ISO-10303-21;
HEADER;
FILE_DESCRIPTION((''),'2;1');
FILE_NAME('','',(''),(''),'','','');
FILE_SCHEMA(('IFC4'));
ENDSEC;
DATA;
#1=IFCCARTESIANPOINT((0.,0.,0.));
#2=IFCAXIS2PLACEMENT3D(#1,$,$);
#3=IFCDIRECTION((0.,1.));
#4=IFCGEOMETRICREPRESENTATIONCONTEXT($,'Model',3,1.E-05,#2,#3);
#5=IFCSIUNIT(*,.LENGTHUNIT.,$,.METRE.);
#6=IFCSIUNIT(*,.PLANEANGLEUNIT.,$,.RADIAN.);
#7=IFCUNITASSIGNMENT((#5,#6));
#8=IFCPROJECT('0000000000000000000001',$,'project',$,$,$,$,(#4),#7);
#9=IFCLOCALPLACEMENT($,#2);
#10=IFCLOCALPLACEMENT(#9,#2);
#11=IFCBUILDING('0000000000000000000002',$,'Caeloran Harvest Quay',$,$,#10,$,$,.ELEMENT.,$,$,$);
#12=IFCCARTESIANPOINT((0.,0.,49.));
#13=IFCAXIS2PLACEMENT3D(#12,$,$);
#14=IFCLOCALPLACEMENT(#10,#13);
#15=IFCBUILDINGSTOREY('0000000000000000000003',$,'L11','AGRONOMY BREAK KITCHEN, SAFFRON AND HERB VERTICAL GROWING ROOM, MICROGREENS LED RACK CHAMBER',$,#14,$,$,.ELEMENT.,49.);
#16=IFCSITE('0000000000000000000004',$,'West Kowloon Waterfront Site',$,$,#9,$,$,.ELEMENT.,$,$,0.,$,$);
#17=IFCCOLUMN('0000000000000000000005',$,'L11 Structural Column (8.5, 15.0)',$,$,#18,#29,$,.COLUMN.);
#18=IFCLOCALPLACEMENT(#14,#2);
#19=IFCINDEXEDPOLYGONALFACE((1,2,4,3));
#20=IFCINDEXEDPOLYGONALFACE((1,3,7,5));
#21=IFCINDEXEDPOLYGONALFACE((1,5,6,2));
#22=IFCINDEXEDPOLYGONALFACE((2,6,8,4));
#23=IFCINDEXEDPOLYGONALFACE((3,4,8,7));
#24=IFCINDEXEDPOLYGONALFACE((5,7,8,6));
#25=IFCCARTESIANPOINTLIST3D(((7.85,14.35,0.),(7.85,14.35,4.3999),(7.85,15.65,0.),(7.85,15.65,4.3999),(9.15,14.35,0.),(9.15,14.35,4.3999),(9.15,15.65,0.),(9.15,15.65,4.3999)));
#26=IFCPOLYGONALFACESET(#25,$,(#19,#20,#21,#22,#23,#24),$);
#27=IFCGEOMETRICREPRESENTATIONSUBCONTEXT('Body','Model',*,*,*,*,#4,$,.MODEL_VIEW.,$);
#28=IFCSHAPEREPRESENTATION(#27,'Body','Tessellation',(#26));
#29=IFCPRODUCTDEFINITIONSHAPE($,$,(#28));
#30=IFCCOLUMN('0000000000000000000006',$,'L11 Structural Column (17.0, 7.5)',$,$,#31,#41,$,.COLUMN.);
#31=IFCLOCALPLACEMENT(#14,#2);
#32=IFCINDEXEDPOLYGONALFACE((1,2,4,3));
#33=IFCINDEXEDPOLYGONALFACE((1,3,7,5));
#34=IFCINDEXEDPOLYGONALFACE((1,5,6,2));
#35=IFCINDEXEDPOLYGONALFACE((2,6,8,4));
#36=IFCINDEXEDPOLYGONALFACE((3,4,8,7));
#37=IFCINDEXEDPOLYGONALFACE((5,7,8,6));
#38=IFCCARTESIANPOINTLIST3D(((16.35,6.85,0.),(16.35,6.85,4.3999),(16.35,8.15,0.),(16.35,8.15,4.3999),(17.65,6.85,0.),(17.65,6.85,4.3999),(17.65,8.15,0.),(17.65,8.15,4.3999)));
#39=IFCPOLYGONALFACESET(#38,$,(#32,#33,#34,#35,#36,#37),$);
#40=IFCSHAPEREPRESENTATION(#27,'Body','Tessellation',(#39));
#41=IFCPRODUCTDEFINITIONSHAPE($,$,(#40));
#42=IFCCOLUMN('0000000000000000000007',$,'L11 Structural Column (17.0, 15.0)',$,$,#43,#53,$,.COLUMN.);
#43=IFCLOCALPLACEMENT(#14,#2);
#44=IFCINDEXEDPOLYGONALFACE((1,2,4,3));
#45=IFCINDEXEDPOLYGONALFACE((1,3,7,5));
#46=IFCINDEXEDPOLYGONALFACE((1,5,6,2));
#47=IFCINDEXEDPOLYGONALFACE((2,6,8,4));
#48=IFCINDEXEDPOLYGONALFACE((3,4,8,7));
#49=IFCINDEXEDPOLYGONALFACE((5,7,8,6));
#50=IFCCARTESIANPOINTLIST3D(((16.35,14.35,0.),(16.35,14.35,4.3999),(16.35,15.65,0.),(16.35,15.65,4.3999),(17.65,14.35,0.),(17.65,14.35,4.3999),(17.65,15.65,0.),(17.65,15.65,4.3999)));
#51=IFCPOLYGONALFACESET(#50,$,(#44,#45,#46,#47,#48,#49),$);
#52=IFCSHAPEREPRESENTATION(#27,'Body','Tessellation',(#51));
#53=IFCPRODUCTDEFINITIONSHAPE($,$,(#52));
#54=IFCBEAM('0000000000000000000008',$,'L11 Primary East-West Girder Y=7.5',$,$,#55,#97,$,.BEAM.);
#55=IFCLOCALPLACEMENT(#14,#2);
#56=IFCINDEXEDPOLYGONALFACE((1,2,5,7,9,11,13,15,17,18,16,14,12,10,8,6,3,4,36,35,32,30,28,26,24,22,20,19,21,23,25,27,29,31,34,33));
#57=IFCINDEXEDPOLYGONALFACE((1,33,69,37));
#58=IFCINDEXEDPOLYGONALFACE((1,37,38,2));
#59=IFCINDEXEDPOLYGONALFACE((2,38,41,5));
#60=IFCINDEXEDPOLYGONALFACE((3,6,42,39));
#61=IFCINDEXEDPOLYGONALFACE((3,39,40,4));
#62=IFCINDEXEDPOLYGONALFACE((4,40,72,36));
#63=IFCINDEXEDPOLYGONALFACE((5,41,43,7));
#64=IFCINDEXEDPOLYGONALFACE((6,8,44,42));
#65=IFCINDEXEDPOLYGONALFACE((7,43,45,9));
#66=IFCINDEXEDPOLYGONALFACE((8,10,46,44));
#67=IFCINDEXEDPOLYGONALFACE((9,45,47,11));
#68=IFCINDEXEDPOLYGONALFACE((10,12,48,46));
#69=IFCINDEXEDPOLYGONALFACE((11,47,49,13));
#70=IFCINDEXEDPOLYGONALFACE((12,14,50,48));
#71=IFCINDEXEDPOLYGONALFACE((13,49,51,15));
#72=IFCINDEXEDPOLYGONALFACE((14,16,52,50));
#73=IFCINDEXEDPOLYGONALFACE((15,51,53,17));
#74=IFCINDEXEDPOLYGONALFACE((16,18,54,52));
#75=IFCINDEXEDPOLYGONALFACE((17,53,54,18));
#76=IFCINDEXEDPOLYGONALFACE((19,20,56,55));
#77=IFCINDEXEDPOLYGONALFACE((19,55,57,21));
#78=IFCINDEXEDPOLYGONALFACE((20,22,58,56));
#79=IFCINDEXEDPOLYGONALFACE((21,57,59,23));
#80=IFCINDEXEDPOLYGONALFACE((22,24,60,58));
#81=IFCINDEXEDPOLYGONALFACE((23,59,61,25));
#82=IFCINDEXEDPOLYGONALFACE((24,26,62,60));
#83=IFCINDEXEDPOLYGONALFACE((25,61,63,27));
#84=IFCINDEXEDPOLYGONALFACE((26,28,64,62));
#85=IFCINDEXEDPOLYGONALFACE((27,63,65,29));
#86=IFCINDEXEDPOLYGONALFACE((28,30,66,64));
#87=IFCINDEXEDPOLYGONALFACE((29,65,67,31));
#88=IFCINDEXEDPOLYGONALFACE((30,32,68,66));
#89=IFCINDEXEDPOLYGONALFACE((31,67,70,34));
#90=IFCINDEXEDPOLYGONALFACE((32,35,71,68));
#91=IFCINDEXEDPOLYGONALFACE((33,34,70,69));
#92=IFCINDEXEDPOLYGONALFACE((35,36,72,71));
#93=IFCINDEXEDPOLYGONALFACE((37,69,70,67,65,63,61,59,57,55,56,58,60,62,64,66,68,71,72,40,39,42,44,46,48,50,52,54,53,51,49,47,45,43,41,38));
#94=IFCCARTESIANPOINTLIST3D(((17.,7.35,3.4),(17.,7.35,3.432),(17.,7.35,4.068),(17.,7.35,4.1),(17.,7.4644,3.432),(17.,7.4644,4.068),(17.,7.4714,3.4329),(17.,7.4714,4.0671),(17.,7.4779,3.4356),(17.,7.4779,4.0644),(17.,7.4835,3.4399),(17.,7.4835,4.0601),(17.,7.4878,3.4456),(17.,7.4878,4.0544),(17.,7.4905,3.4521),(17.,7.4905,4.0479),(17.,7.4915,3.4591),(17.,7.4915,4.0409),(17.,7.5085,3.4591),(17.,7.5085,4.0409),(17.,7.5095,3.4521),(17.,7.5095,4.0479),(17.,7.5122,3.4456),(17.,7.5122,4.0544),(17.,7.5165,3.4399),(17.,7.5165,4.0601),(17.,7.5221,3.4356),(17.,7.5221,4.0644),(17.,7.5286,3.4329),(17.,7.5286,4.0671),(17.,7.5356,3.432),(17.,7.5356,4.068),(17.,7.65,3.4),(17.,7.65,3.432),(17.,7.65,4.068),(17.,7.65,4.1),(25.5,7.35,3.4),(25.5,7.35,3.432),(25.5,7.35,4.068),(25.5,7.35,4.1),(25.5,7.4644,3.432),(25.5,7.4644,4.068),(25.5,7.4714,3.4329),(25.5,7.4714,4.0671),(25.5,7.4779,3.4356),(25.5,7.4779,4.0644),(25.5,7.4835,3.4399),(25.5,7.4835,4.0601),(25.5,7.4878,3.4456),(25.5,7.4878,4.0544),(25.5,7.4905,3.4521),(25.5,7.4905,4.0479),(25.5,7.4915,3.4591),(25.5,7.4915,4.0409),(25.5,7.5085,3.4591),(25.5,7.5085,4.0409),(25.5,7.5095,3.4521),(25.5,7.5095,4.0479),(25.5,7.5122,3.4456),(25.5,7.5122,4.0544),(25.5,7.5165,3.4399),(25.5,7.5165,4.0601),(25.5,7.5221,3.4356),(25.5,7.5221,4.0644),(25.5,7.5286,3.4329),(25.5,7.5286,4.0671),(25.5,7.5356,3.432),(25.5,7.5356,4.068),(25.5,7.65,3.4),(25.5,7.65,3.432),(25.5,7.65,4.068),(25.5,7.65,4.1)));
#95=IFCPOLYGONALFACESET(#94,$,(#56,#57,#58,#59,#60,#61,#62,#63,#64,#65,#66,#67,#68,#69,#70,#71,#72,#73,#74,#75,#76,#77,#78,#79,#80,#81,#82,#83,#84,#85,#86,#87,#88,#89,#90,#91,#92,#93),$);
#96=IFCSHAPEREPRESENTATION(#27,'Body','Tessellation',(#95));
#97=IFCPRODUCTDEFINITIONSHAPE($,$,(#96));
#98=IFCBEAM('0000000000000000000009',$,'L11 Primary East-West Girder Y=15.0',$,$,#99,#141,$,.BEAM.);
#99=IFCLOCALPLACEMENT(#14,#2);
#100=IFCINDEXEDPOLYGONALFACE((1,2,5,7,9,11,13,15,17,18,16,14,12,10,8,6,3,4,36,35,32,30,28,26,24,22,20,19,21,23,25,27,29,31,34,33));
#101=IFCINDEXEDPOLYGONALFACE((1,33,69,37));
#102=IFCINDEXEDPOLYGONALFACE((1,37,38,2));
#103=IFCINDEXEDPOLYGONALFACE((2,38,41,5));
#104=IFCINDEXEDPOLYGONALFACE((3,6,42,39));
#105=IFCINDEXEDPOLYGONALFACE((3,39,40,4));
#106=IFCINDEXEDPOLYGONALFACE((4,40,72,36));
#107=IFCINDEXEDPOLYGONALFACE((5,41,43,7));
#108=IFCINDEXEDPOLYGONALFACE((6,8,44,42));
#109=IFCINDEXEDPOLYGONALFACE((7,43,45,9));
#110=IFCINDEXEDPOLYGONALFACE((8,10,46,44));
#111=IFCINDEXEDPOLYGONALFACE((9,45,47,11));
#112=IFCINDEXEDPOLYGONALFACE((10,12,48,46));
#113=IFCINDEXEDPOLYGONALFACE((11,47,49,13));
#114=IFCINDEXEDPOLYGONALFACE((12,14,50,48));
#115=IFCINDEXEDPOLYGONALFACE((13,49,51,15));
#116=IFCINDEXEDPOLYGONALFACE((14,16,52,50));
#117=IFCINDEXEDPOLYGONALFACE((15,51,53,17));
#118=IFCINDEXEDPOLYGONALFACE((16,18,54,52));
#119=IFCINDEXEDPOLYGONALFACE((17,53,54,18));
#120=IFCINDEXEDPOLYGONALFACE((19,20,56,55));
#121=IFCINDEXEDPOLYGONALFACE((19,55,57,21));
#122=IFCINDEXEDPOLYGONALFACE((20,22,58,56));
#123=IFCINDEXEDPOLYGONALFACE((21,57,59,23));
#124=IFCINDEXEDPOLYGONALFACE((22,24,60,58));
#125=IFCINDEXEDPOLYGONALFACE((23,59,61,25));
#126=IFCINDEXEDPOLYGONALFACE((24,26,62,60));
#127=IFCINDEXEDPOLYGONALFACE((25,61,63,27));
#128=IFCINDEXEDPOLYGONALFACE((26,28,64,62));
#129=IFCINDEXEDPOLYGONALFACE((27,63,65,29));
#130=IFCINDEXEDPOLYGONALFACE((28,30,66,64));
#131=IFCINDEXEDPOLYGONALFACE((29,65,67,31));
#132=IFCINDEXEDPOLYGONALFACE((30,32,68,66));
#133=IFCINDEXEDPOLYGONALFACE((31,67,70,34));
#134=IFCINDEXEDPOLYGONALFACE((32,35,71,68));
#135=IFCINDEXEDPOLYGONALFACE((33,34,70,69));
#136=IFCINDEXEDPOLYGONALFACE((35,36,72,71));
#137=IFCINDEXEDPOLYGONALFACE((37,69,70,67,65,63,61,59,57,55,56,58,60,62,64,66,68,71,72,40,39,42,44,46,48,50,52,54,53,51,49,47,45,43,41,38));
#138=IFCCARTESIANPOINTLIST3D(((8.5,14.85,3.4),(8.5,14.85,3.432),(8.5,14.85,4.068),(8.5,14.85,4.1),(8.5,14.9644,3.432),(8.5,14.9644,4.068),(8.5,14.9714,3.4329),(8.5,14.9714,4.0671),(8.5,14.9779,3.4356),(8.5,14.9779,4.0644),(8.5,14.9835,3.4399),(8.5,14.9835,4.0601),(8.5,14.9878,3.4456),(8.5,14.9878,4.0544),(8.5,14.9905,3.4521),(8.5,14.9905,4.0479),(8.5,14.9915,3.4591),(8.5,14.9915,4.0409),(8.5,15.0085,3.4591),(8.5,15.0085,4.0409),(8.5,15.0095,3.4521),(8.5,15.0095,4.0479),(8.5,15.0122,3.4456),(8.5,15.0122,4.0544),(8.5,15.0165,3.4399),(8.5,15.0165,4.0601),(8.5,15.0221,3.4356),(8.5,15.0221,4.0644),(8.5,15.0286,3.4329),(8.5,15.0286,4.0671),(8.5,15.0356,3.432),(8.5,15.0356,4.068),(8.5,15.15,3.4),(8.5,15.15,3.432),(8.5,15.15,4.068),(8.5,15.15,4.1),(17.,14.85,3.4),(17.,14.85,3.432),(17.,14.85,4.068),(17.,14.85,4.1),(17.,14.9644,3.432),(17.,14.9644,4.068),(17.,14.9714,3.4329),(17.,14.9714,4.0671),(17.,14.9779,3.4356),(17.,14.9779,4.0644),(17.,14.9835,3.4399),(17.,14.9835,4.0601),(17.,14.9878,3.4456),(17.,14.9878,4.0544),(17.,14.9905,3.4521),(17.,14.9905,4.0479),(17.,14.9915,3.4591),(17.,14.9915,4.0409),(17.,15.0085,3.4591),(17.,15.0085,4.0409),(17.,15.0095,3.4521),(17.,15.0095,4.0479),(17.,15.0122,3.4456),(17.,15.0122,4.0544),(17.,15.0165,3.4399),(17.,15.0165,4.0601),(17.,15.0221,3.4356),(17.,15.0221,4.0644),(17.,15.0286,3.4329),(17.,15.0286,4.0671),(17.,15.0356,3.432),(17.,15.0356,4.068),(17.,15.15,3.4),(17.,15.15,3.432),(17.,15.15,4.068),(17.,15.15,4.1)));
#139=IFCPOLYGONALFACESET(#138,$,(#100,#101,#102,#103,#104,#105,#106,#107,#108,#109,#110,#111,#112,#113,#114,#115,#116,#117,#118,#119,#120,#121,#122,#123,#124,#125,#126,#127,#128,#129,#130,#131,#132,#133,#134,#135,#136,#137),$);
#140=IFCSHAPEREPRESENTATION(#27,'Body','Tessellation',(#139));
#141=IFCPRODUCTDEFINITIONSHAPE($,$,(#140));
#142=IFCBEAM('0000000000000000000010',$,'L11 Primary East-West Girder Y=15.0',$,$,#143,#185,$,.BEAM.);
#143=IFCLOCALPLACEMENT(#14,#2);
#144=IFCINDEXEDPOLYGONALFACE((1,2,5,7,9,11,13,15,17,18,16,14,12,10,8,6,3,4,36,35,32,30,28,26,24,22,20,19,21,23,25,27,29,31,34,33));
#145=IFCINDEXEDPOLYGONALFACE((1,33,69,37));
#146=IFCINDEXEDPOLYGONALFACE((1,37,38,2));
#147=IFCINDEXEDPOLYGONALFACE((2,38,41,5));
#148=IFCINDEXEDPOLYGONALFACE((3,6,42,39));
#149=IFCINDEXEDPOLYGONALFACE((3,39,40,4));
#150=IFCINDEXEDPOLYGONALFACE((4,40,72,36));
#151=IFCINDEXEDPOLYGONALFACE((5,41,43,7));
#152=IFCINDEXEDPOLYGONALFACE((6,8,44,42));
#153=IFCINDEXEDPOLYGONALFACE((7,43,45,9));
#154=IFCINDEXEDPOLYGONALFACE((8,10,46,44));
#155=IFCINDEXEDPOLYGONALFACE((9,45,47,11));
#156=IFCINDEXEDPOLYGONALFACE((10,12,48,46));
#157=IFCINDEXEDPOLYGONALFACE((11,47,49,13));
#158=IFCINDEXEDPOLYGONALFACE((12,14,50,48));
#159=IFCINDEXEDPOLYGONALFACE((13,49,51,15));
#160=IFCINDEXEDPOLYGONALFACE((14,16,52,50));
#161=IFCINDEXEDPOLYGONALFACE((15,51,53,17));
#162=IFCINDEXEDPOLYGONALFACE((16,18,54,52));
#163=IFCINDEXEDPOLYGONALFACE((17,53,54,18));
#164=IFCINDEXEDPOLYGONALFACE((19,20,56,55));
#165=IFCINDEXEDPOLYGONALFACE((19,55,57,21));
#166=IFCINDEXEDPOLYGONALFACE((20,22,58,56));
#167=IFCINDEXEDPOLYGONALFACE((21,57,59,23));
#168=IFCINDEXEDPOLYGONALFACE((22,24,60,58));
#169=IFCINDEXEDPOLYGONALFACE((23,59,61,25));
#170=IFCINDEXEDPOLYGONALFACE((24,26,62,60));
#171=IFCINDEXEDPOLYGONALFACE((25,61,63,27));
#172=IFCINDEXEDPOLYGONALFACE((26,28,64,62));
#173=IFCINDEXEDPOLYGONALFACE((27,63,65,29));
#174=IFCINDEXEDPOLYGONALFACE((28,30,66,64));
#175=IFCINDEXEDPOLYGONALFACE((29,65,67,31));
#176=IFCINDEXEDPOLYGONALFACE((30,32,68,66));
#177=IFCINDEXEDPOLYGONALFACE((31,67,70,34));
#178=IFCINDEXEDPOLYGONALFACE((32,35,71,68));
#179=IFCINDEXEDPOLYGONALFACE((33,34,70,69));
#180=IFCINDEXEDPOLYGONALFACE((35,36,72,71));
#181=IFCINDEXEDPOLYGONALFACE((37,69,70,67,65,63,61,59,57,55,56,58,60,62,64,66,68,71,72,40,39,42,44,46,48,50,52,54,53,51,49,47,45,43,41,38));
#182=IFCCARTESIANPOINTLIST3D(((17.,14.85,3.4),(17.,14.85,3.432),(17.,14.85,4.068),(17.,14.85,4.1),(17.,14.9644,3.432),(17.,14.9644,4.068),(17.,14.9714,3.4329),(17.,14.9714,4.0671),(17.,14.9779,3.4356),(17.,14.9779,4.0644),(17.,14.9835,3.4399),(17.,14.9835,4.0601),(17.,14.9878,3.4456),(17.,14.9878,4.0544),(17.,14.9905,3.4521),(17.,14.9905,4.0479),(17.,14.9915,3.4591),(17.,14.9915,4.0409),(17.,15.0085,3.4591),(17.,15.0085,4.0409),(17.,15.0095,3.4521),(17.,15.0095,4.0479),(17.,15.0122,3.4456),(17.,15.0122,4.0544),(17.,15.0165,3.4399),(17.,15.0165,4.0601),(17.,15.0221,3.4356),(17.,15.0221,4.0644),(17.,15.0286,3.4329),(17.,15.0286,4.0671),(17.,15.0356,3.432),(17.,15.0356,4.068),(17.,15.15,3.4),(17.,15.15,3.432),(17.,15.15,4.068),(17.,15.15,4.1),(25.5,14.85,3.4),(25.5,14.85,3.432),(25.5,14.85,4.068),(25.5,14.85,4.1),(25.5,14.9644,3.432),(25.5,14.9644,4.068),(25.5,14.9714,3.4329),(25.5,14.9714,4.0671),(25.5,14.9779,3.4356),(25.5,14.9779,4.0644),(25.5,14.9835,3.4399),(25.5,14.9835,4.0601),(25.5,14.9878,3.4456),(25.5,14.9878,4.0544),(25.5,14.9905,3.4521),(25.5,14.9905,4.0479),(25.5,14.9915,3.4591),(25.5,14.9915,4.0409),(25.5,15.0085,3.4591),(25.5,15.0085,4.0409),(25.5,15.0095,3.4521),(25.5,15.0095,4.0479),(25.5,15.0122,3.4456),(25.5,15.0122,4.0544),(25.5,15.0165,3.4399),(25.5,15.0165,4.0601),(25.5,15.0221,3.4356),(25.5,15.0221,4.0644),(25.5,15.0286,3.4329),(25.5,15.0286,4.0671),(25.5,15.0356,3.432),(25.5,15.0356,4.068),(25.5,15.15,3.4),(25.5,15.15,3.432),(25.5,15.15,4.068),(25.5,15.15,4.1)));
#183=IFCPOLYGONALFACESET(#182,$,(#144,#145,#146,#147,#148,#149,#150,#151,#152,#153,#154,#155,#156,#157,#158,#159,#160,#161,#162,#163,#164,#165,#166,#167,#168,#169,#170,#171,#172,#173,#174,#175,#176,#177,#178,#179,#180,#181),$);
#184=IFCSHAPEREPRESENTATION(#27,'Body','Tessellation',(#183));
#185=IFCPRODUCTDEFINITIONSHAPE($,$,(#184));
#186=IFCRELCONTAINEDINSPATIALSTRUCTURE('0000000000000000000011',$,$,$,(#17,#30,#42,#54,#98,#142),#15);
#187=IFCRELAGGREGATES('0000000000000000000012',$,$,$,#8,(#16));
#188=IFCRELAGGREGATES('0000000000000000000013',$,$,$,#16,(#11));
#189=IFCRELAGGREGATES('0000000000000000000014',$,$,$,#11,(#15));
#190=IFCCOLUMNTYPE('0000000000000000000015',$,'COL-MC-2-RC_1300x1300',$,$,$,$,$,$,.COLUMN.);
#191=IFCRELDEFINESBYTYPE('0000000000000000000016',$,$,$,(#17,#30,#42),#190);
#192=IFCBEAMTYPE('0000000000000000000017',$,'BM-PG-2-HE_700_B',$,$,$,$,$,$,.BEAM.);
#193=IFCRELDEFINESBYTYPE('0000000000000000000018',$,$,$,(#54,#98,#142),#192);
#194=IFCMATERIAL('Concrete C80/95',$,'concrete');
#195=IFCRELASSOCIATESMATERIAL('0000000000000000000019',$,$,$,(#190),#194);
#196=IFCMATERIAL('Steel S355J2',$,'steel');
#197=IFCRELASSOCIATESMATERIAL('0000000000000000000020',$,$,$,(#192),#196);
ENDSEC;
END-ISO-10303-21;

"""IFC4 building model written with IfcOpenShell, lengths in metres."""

from ifc_helpers import new_model, si_unit, direction, frame, origin, origin_2d, place, context, subcontext, project, spatial, rectangle, i_section, extrude, material, material_profile, profile_set, type_object, element, save


model = new_model("IFC4")

# Units and contexts
model_context = context("Model", 3, precision=1e-05, world=origin(), true_north=direction((0.0, 1.0)))
body_context = subcontext(model_context, "Body", "Model", "MODEL_VIEW")
ifc_project = project(units=[si_unit("LENGTHUNIT", "METRE"), si_unit("PLANEANGLEUNIT", "RADIAN")], contexts=[model_context])

# Site, building, storey
site_placement = place(None, origin())
site = spatial("IfcSite", under=ifc_project, at=site_placement, Name="West Kowloon Waterfront Site", CompositionType="ELEMENT", RefElevation=0.0)
building_placement = place(site_placement, origin())
building = spatial("IfcBuilding", under=site, at=building_placement, Name="Caeloran Harvest Quay", CompositionType="ELEMENT")
storey_placement = place(building_placement, frame((0.0, 0.0, 49.0)))
storey = spatial("IfcBuildingStorey", under=building, at=storey_placement, Name="L11", Description="AGRONOMY BREAK KITCHEN, SAFFRON AND HERB VERTICAL GROWING ROOM, MICROGREENS LED RACK CHAMBER", CompositionType="ELEMENT", Elevation=49.0)

# Columns
ifc_material_1 = material(Name="Concrete C80/95", Category="concrete")
ifc_material_profile_1 = material_profile(ifc_material_1, rectangle(XDim=1.3, YDim=1.3, at=origin_2d()), Name="RC 1300x1300")
ifc_profile_set_1 = profile_set([ifc_material_profile_1], Name="Concrete C80/95")
column_type = type_object("IfcColumnType", Name="COL-MC-2-RC_1300x1300", PredefinedType="COLUMN", material=ifc_profile_set_1)
for number, where, z_axis, x_axis, name in (
    (1, (8.5, 15.0, 0.0), (0.0, 0.0, 1.0), (1.0, 0.0, 0.0), "L11 Structural Column (8.5, 15.0)"),
    (2, (17.0, 7.5, 0.0), (0.0, 0.0, 1.0), (1.0, 0.0, 0.0), "L11 Structural Column (17.0, 7.5)"),
    (3, (17.0, 15.0, 0.0), (0.0, 0.0, 1.0), (1.0, 0.0, 0.0), "L11 Structural Column (17.0, 15.0)"),
):
    element("IfcColumn", number, at=place(storey_placement, frame(where, z_axis=z_axis, x_axis=x_axis)), inside=storey, type_object=column_type, Name=name, PredefinedType="COLUMN", context=body_context, shape_type="SweptSolid", body=[
        extrude(rectangle(XDim=1.3, YDim=1.3, at=origin_2d()), origin(), (0.0, 0.0, 1.0), 4.3999),
    ])

# Beams
ifc_material_2 = material(Name="Steel S355J2", Category="steel")
ifc_material_profile_2 = material_profile(ifc_material_2, i_section(OverallWidth=0.3, OverallDepth=0.7, WebThickness=0.0171, FlangeThickness=0.032, FilletRadius=0.0271, at=origin_2d()), Name="HE 700 B")
ifc_profile_set_2 = profile_set([ifc_material_profile_2], Name="Steel S355J2")
beam_type_1 = type_object("IfcBeamType", Name="BM-PG-2-HE_700_B", PredefinedType="BEAM", material=ifc_profile_set_2)
for number, where, z_axis, x_axis, name in (
    (4, (17.0, 7.5, 3.75), (1.0, 0.0, 0.0), (0.0, 1.0, 0.0), "L11 Primary East-West Girder Y=7.5"),
    (5, (8.5, 15.0, 3.75), (1.0, 0.0, 0.0), (0.0, 1.0, 0.0), "L11 Primary East-West Girder Y=15.0"),
    (6, (17.0, 15.0, 3.75), (1.0, 0.0, 0.0), (0.0, 1.0, 0.0), "L11 Primary East-West Girder Y=15.0"),
):
    element("IfcBeam", number, at=place(storey_placement, frame(where, z_axis=z_axis, x_axis=x_axis)), inside=storey, type_object=beam_type_1, Name=name, PredefinedType="BEAM", context=body_context, shape_type="SweptSolid", body=[
        extrude(i_section(OverallWidth=0.3, OverallDepth=0.7, WebThickness=0.0171, FlangeThickness=0.032, FilletRadius=0.0271, at=origin_2d()), origin(), (0.0, 0.0, 1.0), 8.5),
    ])

save(model, "model.ifc")
